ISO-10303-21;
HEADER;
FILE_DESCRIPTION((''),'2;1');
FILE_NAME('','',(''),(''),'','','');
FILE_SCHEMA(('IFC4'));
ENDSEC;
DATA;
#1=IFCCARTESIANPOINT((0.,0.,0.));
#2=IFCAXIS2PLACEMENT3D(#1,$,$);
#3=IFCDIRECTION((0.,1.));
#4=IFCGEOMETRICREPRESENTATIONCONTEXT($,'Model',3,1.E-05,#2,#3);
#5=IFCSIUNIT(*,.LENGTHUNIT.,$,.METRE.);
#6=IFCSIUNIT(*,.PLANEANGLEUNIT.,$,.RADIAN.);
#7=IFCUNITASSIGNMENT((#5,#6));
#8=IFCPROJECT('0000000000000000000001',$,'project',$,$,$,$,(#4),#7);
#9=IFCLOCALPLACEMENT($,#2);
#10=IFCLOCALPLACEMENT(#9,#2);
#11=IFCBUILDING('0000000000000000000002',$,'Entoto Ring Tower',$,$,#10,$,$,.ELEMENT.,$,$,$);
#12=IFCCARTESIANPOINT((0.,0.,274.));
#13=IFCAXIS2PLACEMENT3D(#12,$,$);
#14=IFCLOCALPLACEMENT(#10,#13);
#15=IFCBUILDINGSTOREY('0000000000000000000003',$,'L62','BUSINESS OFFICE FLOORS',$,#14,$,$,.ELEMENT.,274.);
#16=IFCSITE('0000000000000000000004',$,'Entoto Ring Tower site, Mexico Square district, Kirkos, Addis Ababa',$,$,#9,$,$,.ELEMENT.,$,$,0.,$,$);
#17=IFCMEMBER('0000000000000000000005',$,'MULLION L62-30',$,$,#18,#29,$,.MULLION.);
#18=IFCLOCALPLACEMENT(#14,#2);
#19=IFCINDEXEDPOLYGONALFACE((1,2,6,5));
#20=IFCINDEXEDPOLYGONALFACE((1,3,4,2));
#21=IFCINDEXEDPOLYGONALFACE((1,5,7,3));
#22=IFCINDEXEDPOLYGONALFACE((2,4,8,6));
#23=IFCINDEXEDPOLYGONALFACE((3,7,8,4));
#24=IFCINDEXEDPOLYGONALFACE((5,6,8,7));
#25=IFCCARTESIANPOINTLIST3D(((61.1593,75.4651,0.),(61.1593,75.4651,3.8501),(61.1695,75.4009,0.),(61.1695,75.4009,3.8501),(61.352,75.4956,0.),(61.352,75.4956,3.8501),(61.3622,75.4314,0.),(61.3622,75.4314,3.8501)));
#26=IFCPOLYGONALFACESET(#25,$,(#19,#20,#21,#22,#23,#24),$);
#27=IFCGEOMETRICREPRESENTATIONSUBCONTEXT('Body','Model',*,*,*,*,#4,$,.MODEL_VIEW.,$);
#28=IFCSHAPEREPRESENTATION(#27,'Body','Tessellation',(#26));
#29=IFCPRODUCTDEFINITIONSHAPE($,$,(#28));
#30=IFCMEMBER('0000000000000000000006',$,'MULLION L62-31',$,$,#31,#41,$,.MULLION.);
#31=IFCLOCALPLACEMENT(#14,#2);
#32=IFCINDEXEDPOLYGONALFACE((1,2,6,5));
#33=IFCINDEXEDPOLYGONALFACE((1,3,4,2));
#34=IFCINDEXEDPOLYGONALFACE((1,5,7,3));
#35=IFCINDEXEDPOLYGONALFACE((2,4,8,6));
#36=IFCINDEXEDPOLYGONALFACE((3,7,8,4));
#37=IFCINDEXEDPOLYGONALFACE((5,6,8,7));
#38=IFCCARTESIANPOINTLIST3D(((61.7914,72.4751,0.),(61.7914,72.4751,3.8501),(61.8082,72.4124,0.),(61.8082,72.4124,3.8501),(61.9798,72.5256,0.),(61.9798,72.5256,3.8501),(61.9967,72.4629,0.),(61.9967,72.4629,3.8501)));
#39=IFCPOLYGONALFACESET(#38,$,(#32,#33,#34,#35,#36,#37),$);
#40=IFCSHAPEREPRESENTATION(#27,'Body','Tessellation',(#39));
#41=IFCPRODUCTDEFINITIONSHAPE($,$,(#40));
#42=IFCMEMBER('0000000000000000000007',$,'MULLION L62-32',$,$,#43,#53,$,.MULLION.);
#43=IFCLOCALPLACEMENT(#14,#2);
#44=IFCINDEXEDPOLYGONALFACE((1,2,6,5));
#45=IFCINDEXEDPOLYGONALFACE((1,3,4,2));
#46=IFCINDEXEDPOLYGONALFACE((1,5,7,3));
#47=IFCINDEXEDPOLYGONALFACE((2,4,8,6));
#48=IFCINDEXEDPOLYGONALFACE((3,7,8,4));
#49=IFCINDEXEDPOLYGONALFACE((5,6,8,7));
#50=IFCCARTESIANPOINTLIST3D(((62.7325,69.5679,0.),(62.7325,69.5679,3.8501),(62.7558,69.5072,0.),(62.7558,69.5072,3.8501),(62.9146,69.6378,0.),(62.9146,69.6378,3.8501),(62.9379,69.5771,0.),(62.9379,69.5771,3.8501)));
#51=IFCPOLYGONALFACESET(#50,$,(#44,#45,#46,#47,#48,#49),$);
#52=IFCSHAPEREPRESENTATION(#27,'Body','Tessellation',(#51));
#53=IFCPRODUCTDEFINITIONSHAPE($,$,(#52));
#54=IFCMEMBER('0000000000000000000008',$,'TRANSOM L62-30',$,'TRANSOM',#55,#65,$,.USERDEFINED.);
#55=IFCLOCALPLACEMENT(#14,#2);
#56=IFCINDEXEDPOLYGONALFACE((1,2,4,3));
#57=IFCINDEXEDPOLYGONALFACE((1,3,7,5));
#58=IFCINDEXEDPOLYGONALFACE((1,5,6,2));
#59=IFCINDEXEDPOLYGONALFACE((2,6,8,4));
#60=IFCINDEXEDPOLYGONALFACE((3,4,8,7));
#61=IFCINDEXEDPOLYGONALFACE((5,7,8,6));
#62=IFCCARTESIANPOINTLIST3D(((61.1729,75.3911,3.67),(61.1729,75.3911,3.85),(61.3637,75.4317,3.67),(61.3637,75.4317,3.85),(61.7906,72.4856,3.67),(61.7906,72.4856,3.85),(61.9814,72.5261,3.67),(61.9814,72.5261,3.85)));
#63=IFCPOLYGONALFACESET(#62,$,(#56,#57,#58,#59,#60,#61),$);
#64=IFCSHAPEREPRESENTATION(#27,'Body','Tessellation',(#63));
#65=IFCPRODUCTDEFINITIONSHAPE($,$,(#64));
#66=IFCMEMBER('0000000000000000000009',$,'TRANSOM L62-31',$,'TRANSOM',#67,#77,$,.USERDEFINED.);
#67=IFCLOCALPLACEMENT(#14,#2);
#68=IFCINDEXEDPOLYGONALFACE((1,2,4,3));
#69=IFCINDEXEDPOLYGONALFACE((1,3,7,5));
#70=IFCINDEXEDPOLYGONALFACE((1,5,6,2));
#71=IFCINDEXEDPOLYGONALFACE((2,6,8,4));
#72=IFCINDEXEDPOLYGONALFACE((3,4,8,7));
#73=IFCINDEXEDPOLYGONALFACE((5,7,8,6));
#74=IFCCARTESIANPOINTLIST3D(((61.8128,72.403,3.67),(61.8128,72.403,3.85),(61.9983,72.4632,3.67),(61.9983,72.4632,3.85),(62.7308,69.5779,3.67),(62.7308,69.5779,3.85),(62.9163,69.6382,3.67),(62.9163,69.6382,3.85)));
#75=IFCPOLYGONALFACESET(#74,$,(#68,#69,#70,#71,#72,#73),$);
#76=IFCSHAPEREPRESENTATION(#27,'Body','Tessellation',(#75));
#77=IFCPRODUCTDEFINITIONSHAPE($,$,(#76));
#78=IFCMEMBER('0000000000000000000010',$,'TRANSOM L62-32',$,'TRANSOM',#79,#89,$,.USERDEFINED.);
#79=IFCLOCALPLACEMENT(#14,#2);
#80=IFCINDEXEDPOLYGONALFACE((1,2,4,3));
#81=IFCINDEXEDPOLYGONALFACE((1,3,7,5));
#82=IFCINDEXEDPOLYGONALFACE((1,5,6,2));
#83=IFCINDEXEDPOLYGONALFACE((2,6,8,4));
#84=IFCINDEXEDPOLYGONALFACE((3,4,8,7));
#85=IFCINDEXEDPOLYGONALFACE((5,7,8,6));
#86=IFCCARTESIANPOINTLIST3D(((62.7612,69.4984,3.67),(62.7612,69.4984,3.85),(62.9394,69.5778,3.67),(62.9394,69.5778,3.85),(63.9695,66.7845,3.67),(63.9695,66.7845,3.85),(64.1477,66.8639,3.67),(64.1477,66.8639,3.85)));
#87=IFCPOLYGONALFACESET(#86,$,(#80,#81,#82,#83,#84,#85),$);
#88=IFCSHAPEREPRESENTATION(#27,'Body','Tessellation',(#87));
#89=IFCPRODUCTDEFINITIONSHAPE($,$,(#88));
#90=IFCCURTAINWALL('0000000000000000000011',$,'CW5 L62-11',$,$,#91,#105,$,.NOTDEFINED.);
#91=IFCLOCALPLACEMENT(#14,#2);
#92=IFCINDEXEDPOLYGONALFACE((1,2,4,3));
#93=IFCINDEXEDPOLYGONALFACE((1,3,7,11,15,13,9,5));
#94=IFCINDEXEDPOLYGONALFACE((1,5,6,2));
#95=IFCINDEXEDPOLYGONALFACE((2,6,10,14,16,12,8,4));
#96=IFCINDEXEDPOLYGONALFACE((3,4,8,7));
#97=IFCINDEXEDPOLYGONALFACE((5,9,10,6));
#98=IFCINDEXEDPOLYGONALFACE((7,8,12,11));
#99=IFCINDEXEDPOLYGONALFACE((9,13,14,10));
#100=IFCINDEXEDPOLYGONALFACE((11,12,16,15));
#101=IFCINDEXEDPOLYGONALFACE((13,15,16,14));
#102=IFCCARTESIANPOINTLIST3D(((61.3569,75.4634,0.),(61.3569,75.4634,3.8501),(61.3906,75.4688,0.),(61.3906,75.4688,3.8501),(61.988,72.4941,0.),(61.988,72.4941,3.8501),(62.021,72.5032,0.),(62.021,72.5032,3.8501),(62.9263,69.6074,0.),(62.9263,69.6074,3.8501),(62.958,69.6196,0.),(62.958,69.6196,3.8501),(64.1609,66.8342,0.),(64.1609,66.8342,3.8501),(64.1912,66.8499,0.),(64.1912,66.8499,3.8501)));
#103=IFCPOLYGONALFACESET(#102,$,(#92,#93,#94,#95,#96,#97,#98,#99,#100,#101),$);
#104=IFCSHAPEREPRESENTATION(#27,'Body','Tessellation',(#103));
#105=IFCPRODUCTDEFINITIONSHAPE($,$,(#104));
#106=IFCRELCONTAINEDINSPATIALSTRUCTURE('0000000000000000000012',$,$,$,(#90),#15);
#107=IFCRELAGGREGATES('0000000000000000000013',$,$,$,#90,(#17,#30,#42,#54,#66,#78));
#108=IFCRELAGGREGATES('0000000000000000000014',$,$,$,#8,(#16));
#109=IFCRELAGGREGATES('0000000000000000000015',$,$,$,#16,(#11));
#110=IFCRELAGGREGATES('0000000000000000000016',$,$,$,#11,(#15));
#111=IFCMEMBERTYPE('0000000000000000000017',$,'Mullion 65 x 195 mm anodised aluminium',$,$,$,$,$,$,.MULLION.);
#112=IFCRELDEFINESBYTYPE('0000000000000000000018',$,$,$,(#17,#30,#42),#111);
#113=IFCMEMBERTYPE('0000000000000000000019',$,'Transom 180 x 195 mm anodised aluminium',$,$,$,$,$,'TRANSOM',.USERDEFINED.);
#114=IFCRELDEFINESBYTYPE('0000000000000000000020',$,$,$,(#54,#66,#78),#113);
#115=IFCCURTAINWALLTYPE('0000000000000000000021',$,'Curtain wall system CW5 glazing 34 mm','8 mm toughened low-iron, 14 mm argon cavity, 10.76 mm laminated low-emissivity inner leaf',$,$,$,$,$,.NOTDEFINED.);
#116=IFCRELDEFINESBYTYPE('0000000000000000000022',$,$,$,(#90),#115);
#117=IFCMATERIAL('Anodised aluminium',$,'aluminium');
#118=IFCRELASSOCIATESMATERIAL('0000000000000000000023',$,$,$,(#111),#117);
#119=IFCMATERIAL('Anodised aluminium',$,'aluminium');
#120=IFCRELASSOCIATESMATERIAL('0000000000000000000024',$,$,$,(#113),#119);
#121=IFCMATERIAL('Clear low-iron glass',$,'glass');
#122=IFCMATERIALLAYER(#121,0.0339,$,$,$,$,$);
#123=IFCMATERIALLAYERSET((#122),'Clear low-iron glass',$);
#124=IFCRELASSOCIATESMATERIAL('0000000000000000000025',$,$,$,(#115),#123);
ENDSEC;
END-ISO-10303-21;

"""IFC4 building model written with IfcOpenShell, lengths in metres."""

from ifc_helpers import new_model, si_unit, direction, frame, origin, origin_2d, place, context, subcontext, project, spatial, polyline, rectangle, outline, extrude, material, layer, layer_set, material_profile, profile_set, type_object, element, aggregate, save


model = new_model("IFC4")

# Units and contexts
model_context = context("Model", 3, precision=1e-05, world=origin(), true_north=direction((0.0, 1.0)))
body_context = subcontext(model_context, "Body", "Model", "MODEL_VIEW")
ifc_project = project(units=[si_unit("LENGTHUNIT", "METRE"), si_unit("PLANEANGLEUNIT", "RADIAN")], contexts=[model_context])

# Members
ifc_material_1 = material(Name="Anodised aluminium", Category="aluminium")
ifc_material_profile_1 = material_profile(ifc_material_1, rectangle(XDim=0.0649, YDim=0.1951, at=origin_2d()), Name="Mullion 65 x 195 mm anodised aluminium")
ifc_profile_set_1 = profile_set([ifc_material_profile_1], Name="Anodised aluminium")
member_type_1 = type_object("IfcMemberType", Name="Mullion 65 x 195 mm anodised aluminium", PredefinedType="MULLION", material=ifc_profile_set_1)
site_placement = place(None, origin())
building_placement = place(site_placement, origin())
storey_placement = place(building_placement, frame((0.0, 0.0, 274.0)))
member_1_placement = place(storey_placement, frame((61.2607, 75.4482, 0.0), z_axis=(0.0, 0.0, 1.0), x_axis=(0.156434, -0.987688, 0.0)))
member_1 = element("IfcMember", 1, at=member_1_placement, type_object=member_type_1, Name="MULLION L62-30", PredefinedType="MULLION", context=body_context, shape_type="SweptSolid", body=[
    extrude(rectangle(XDim=0.0649, YDim=0.1951, at=origin_2d()), origin(), (0.0, 0.0, 1.0), 3.8501),
])
member_2_placement = place(storey_placement, frame((61.894, 72.469, 0.0), z_axis=(0.0, 0.0, 1.0), x_axis=(0.258819, -0.965926, 0.0)))
member_2 = element("IfcMember", 2, at=member_2_placement, type_object=member_type_1, Name="MULLION L62-31", PredefinedType="MULLION", context=body_context, shape_type="SweptSolid", body=[
    extrude(rectangle(XDim=0.0649, YDim=0.1951, at=origin_2d()), origin(), (0.0, 0.0, 1.0), 3.8501),
])
member_3_placement = place(storey_placement, frame((62.8352, 69.5725, 0.0), z_axis=(0.0, 0.0, 1.0), x_axis=(0.358368, -0.93358, 0.0)))
member_3 = element("IfcMember", 3, at=member_3_placement, type_object=member_type_1, Name="MULLION L62-32", PredefinedType="MULLION", context=body_context, shape_type="SweptSolid", body=[
    extrude(rectangle(XDim=0.0649, YDim=0.1951, at=origin_2d()), origin(), (0.0, 0.0, 1.0), 3.8501),
])
ifc_material_2 = material(Name="Anodised aluminium", Category="aluminium")
ifc_material_profile_2 = material_profile(ifc_material_2, rectangle(XDim=0.1951, YDim=0.1799, at=origin_2d()), Name="Transom 180 x 195 mm anodised aluminium")
ifc_profile_set_2 = profile_set([ifc_material_profile_2], Name="Anodised aluminium")
member_type_2 = type_object("IfcMemberType", Name="Transom 180 x 195 mm anodised aluminium", ElementType="TRANSOM", PredefinedType="USERDEFINED", material=ifc_profile_set_2)
member_4_placement = place(storey_placement, frame((61.2683, 75.4114, 3.76), z_axis=(0.20794, -0.978142, 0.0), x_axis=(0.978142, 0.20794, 0.0)))
member_4 = element("IfcMember", 4, at=member_4_placement, type_object=member_type_2, Name="TRANSOM L62-30", ObjectType="TRANSOM", PredefinedType="USERDEFINED", context=body_context, shape_type="SweptSolid", body=[
    extrude(rectangle(XDim=0.1951, YDim=0.1799, at=origin_2d()), origin(), (0.0, 0.0, 1.0), 2.9705),
])
member_5_placement = place(storey_placement, frame((61.9055, 72.4331, 3.76), z_axis=(0.309043, -0.951048, 0.0), x_axis=(0.951048, 0.309043, 0.0)))
member_5 = element("IfcMember", 5, at=member_5_placement, type_object=member_type_2, Name="TRANSOM L62-31", ObjectType="TRANSOM", PredefinedType="USERDEFINED", context=body_context, shape_type="SweptSolid", body=[
    extrude(rectangle(XDim=0.1951, YDim=0.1799, at=origin_2d()), origin(), (0.0, 0.0, 1.0), 2.9705),
])
member_6_placement = place(storey_placement, frame((62.8503, 69.5381, 3.76), z_axis=(0.406726, -0.91355, 0.0), x_axis=(0.91355, 0.406726, 0.0)))
member_6 = element("IfcMember", 6, at=member_6_placement, type_object=member_type_2, Name="TRANSOM L62-32", ObjectType="TRANSOM", PredefinedType="USERDEFINED", context=body_context, shape_type="SweptSolid", body=[
    extrude(rectangle(XDim=0.1951, YDim=0.1799, at=origin_2d()), origin(), (0.0, 0.0, 1.0), 2.9707),
])

# Site, building, storey
site = spatial("IfcSite", under=ifc_project, at=site_placement, Name="Entoto Ring Tower site, Mexico Square district, Kirkos, Addis Ababa", CompositionType="ELEMENT", RefElevation=0.0)
building = spatial("IfcBuilding", under=site, at=building_placement, Name="Entoto Ring Tower", CompositionType="ELEMENT")
storey = spatial("IfcBuildingStorey", under=building, at=storey_placement, Name="L62", Description="BUSINESS OFFICE FLOORS", CompositionType="ELEMENT", Elevation=274.0)

# Curtain wall
ifc_material_3 = material(Name="Clear low-iron glass", Category="glass")
ifc_layer = layer(ifc_material_3, 0.0339)
ifc_layer_set = layer_set([ifc_layer], Name="Clear low-iron glass")
curtain_wall_type = type_object("IfcCurtainWallType", Name="Curtain wall system CW5 glazing 34 mm", Description="8 mm toughened low-iron, 14 mm argon cavity, 10.76 mm laminated low-emissivity inner leaf", PredefinedType="NOTDEFINED", material=ifc_layer_set)
curtain_wall_1_placement = place(storey_placement, origin())
curtain_wall_1 = element("IfcCurtainWall", 7, at=curtain_wall_1_placement, inside=storey, type_object=curtain_wall_type, Name="CW5 L62-11", PredefinedType="NOTDEFINED", context=body_context, shape_type="SweptSolid", body=[
    extrude(outline(polyline([(61.3569, 75.4634), (61.988, 72.4941), (62.9263, 69.6074), (64.1609, 66.8342), (64.1912, 66.8499), (62.958, 69.6196), (62.021, 72.5032), (61.3906, 75.4688), (61.3569, 75.4634)])), origin(), (0.0, 0.0, 1.0), 3.8501),
])
aggregate(curtain_wall_1, [member_1, member_2, member_3, member_4, member_5, member_6])

save(model, "model.ifc")
